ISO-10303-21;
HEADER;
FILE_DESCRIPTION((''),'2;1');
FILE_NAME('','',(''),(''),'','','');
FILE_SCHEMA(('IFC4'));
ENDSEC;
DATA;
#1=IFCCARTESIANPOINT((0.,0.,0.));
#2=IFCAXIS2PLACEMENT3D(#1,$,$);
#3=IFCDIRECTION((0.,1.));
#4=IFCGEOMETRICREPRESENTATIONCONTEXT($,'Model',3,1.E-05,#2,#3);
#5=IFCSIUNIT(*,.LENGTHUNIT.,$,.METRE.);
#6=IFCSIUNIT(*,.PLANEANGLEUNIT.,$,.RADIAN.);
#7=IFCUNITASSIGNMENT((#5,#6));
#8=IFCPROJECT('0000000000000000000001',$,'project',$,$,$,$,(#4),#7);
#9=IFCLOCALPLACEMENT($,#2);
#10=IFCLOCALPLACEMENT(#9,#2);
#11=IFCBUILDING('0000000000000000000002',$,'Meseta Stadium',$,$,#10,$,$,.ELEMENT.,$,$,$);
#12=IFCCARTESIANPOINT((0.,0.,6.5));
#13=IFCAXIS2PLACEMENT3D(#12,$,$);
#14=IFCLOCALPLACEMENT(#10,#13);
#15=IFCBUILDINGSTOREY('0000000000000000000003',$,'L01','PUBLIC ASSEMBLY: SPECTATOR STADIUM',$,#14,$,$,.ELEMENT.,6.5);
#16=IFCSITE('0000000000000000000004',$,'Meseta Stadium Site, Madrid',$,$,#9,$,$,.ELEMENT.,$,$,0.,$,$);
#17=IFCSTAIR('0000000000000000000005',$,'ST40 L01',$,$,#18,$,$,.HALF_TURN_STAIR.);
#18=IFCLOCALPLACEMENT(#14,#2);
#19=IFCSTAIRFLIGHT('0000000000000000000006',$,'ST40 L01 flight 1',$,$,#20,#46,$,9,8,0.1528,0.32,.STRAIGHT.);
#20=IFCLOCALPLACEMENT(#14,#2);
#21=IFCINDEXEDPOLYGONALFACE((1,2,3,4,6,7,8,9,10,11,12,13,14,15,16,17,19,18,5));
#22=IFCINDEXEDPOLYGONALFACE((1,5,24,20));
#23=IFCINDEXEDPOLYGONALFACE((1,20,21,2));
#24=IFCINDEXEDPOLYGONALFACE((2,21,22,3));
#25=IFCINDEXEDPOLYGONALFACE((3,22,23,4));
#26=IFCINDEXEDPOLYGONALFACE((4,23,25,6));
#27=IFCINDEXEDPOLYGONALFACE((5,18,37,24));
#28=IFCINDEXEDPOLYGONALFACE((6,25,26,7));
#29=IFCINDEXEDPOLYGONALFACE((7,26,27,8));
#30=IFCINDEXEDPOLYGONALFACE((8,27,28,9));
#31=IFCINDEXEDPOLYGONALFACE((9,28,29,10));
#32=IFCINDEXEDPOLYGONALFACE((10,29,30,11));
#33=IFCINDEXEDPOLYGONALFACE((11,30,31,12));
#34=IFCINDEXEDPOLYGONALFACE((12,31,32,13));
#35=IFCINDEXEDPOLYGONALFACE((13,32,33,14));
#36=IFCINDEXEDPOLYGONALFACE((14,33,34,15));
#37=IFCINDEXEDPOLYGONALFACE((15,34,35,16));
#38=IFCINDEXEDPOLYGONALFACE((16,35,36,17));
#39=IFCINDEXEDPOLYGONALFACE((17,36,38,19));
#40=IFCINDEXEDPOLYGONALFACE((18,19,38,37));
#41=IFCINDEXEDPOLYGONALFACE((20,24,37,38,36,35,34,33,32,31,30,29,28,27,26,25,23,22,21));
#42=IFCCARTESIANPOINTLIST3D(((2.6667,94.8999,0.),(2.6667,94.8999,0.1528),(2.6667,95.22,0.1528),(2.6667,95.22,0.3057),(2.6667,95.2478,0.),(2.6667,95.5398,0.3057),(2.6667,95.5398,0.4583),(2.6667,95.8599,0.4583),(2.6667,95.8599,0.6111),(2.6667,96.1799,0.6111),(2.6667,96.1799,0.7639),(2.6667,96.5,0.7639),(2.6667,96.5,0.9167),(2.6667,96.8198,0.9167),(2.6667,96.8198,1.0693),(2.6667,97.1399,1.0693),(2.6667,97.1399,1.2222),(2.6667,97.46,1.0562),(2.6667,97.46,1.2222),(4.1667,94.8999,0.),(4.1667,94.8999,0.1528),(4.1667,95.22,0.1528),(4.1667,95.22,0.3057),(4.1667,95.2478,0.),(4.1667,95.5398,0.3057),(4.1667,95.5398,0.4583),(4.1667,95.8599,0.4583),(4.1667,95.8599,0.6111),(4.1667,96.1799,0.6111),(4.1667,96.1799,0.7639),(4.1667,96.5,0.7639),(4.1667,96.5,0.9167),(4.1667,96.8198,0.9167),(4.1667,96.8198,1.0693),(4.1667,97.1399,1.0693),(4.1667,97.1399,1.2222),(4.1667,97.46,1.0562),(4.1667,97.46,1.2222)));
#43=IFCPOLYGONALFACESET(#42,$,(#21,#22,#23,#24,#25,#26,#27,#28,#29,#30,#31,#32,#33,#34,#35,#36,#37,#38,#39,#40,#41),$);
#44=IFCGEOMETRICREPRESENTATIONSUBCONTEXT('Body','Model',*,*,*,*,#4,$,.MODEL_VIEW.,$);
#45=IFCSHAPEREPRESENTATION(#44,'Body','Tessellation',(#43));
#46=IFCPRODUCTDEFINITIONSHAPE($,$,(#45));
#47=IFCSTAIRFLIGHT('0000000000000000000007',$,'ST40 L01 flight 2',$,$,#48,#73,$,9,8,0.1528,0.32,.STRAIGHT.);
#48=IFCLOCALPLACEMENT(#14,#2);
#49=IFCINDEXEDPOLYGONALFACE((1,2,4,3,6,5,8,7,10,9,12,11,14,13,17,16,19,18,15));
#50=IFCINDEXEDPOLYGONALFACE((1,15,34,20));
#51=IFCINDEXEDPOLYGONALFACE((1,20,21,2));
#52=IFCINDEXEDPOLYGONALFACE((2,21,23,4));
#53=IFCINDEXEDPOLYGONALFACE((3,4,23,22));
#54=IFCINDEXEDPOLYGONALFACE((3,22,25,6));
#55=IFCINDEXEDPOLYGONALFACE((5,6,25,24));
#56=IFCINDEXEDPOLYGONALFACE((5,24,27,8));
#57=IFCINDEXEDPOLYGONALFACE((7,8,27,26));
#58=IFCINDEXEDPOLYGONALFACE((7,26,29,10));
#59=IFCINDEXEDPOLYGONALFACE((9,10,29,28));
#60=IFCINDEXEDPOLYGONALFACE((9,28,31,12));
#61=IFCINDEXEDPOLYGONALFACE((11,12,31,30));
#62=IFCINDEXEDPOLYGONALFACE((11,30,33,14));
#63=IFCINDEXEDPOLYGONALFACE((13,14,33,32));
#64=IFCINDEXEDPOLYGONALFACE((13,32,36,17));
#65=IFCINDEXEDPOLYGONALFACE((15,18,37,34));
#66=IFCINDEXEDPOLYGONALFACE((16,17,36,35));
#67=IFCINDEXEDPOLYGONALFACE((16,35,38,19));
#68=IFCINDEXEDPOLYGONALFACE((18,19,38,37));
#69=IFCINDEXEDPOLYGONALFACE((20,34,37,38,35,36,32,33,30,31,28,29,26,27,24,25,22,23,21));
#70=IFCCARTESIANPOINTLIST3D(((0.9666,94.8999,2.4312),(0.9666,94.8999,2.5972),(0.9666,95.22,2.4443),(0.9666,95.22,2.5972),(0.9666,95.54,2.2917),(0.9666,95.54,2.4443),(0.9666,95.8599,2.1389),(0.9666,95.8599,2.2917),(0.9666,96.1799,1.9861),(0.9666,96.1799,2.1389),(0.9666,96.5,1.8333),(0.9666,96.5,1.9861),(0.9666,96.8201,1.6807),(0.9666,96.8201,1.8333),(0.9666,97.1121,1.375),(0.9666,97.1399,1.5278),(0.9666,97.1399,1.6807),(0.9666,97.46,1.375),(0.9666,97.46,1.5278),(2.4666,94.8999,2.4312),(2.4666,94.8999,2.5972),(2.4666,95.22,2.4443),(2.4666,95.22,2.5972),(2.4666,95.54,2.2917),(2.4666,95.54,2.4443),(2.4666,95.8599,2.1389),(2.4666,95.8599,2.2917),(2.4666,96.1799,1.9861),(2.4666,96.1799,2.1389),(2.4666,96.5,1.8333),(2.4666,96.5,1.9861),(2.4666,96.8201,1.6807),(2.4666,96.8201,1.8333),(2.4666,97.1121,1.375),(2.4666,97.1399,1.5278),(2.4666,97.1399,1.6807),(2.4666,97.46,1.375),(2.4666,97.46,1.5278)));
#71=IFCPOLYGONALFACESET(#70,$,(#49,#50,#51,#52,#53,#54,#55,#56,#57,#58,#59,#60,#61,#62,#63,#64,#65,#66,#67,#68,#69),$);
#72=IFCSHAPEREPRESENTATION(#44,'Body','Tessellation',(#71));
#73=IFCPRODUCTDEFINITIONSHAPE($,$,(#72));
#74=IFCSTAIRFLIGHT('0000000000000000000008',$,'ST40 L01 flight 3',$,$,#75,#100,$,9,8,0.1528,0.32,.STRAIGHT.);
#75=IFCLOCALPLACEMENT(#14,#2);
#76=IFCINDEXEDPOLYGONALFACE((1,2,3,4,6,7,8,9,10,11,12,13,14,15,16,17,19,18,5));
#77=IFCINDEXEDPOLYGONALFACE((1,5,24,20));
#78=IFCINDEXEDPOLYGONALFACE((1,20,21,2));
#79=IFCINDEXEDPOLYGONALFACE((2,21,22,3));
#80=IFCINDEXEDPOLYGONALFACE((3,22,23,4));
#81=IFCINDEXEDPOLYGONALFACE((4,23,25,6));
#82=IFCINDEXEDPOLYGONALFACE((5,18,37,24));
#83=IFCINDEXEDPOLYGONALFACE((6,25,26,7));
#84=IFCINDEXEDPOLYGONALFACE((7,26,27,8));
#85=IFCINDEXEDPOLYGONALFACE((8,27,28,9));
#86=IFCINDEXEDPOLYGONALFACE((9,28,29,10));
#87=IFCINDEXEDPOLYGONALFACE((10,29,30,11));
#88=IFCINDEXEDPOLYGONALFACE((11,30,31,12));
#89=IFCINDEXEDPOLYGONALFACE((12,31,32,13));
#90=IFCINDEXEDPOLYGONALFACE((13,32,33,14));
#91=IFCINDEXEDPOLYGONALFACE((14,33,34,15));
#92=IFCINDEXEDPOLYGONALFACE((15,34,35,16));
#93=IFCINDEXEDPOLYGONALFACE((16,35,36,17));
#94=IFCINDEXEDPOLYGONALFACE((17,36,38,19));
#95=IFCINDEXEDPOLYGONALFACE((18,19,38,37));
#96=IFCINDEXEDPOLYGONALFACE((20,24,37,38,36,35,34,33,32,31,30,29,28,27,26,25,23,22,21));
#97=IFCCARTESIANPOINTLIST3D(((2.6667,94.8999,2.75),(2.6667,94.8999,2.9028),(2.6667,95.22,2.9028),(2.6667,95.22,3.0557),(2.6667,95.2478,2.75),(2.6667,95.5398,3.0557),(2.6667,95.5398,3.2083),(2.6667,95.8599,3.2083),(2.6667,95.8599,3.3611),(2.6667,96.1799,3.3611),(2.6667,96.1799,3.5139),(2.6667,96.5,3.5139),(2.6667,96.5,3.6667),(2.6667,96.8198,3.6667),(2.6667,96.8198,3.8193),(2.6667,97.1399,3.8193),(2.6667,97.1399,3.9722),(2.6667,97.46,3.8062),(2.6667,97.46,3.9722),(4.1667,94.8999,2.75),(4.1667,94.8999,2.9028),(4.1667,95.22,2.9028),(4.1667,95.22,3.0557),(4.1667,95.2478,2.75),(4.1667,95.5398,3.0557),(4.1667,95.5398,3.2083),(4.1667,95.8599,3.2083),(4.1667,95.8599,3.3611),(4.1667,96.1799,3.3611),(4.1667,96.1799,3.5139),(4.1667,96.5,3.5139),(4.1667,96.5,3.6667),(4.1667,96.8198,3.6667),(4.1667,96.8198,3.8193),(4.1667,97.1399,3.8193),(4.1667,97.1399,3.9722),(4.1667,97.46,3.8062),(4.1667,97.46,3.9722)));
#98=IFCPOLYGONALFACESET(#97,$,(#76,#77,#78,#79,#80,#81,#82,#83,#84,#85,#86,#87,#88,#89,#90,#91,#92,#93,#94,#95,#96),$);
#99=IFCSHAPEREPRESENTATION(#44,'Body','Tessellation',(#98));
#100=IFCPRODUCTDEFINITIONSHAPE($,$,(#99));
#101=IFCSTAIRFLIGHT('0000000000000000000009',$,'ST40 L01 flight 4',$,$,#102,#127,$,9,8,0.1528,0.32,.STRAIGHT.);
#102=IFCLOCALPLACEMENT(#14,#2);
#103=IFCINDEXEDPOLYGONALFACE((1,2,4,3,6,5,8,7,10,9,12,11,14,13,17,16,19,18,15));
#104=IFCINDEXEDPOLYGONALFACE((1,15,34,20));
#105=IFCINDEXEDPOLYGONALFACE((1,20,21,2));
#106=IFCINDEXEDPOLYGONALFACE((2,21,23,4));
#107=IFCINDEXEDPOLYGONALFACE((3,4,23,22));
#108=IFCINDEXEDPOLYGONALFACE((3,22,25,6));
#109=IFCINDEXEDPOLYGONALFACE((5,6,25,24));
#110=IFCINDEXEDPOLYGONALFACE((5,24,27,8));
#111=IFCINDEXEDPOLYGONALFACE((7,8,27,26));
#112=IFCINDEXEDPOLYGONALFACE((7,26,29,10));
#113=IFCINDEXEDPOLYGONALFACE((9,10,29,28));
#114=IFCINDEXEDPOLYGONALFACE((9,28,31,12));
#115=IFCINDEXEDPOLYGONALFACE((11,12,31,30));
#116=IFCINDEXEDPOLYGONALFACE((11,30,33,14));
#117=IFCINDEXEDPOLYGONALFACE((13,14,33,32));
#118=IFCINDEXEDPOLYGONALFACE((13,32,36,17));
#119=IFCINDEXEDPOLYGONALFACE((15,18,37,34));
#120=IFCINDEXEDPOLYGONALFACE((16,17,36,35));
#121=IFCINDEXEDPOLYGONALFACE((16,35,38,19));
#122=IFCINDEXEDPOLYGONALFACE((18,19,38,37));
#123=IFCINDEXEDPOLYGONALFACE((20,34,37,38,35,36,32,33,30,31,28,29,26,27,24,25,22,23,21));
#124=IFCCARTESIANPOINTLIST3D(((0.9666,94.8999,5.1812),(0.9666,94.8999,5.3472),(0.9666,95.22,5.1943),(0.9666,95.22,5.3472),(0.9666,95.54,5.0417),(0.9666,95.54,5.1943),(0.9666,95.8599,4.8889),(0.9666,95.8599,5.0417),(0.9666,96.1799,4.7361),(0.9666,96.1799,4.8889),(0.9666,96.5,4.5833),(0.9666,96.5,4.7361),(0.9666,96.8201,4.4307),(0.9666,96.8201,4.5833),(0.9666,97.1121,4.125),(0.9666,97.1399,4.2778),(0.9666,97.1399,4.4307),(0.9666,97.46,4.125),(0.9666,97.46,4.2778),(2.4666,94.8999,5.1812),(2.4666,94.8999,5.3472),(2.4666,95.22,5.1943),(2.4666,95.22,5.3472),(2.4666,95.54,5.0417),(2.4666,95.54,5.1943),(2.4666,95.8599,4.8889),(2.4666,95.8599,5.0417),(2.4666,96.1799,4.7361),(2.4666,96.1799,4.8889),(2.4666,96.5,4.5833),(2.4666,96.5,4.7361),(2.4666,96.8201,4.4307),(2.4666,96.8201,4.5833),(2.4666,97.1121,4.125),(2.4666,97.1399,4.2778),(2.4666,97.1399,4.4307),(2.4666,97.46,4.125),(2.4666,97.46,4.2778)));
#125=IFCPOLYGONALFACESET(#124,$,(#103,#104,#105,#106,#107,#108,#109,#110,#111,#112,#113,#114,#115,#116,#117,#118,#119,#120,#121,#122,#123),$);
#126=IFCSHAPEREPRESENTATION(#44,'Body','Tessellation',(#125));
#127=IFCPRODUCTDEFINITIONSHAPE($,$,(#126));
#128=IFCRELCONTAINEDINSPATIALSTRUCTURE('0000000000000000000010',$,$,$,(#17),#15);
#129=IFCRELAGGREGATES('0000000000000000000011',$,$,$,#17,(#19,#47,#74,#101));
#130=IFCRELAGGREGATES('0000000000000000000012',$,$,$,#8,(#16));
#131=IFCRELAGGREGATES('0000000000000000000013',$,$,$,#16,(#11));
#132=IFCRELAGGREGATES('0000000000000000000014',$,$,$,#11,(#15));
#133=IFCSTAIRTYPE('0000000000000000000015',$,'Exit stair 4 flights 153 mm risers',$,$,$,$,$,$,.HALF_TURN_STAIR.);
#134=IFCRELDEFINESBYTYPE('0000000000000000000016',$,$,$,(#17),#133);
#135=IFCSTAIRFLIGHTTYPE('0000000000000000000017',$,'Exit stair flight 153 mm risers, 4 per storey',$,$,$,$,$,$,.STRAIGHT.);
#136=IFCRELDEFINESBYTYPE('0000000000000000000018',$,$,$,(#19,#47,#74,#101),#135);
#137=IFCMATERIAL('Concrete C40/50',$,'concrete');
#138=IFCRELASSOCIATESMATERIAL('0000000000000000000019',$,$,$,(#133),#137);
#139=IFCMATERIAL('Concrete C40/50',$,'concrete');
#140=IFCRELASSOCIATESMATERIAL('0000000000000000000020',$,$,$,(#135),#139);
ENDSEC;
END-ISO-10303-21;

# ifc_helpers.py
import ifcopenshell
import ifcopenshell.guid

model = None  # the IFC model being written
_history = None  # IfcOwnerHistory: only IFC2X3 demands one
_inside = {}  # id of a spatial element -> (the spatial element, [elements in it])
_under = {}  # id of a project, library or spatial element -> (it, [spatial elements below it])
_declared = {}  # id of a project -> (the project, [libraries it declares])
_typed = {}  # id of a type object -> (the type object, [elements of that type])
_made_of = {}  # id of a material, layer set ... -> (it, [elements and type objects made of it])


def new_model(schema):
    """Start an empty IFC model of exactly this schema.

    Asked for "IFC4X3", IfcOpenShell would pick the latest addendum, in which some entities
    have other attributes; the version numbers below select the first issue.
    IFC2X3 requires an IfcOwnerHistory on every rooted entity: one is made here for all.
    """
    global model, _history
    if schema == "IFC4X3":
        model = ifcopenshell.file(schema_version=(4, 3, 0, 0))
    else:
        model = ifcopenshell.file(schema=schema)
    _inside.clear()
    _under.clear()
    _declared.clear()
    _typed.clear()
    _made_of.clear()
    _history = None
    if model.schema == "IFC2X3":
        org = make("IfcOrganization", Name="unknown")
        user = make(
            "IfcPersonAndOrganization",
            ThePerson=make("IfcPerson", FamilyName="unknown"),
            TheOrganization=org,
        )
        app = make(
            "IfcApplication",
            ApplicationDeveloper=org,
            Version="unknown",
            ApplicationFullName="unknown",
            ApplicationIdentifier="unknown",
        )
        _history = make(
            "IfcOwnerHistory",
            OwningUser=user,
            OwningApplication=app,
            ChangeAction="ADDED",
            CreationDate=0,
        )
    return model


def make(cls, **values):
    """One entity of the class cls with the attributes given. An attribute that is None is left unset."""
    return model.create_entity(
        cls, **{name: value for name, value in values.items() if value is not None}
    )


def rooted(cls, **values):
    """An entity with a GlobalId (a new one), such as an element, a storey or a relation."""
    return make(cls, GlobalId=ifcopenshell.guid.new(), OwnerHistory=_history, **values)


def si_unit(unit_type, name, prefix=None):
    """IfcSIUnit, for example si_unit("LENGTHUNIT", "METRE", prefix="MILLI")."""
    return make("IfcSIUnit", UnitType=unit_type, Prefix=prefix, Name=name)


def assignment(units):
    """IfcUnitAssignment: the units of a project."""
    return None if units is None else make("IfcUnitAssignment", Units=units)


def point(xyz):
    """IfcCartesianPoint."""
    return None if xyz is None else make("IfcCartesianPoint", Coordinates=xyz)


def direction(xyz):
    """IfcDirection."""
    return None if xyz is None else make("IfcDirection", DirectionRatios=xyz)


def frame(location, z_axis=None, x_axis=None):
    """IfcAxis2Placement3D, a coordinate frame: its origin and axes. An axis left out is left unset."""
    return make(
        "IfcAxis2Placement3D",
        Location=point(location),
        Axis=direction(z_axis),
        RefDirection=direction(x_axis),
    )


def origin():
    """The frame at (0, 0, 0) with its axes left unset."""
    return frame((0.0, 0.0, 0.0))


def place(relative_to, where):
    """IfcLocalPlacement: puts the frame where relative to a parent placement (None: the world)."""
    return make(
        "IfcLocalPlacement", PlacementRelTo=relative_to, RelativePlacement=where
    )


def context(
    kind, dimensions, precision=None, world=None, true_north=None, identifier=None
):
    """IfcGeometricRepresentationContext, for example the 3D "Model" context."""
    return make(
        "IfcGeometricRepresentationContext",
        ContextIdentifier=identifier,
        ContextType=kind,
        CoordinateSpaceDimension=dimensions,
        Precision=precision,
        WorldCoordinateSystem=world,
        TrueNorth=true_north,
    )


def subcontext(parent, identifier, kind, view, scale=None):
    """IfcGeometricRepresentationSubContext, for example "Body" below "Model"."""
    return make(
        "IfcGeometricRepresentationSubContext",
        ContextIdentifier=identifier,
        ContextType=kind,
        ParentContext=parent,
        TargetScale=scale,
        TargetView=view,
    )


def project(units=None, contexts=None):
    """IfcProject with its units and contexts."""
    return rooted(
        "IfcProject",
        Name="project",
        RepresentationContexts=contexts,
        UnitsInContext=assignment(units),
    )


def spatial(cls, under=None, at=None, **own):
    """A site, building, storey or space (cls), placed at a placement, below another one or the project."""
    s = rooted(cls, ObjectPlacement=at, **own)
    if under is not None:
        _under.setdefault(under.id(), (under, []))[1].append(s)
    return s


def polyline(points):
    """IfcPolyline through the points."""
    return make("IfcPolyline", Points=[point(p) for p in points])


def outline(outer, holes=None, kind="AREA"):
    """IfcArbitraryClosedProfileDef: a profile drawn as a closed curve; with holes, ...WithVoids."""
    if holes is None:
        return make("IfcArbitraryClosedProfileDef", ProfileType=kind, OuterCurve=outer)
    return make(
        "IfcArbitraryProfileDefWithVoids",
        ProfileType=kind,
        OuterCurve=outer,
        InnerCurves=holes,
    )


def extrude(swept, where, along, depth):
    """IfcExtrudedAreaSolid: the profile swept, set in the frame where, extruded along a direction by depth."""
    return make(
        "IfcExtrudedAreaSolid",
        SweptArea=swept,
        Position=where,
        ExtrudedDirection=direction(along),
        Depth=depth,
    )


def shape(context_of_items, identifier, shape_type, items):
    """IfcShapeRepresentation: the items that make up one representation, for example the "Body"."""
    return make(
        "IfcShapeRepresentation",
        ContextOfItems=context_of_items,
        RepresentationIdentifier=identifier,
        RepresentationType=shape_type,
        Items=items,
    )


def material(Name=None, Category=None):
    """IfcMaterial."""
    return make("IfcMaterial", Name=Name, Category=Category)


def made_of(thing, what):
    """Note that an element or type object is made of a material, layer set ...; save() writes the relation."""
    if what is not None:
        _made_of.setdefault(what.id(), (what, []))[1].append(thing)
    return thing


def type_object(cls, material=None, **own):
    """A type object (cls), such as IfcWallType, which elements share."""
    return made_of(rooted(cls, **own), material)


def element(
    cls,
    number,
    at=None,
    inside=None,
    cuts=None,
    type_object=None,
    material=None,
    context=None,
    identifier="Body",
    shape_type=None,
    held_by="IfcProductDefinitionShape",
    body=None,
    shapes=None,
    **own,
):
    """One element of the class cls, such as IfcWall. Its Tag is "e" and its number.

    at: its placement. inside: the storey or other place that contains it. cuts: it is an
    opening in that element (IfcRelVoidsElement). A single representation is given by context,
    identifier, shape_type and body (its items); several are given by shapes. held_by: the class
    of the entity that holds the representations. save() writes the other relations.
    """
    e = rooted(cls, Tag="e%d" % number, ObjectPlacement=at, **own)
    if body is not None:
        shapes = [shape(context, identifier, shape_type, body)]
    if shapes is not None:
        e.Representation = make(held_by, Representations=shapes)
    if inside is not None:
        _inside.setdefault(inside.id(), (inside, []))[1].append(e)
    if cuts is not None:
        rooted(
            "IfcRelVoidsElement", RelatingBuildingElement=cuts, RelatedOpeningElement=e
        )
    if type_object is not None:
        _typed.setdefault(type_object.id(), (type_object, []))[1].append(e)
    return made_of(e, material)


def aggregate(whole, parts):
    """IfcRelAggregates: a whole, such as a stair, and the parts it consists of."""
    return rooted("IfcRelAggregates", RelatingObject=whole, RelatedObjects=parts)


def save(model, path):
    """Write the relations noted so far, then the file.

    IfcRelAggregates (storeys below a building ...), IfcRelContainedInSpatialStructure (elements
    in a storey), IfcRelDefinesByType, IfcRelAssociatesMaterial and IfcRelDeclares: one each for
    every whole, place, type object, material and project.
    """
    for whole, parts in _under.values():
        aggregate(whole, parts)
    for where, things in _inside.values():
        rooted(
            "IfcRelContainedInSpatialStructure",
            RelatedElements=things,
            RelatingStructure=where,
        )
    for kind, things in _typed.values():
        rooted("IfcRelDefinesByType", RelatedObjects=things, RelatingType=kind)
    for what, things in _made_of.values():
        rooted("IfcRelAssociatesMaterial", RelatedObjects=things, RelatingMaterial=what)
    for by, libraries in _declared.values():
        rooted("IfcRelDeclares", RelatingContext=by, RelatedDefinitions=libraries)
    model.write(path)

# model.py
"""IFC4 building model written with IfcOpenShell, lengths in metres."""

from ifc_helpers import new_model, si_unit, direction, frame, origin, place, context, subcontext, project, spatial, polyline, outline, extrude, material, type_object, element, aggregate, save


model = new_model("IFC4")

# Units and contexts
model_context = context("Model", 3, precision=1e-05, world=origin(), true_north=direction((0.0, 1.0)))
body_context = subcontext(model_context, "Body", "Model", "MODEL_VIEW")
ifc_project = project(units=[si_unit("LENGTHUNIT", "METRE"), si_unit("PLANEANGLEUNIT", "RADIAN")], contexts=[model_context])

# Site, building, storey
site_placement = place(None, origin())
site = spatial("IfcSite", under=ifc_project, at=site_placement, Name="Meseta Stadium Site, Madrid", CompositionType="ELEMENT", RefElevation=0.0)
building_placement = place(site_placement, origin())
building = spatial("IfcBuilding", under=site, at=building_placement, Name="Meseta Stadium", CompositionType="ELEMENT")
storey_placement = place(building_placement, frame((0.0, 0.0, 6.5)))
storey = spatial("IfcBuildingStorey", under=building, at=storey_placement, Name="L01", Description="PUBLIC ASSEMBLY: SPECTATOR STADIUM", CompositionType="ELEMENT", Elevation=6.5)

# Stair, stair flights
ifc_material_1 = material(Name="Concrete C40/50", Category="concrete")
stair_type = type_object("IfcStairType", Name="Exit stair 4 flights 153 mm risers", PredefinedType="HALF_TURN_STAIR", material=ifc_material_1)
ifc_material_2 = material(Name="Concrete C40/50", Category="concrete")
stair_flight_type = type_object("IfcStairFlightType", Name="Exit stair flight 153 mm risers, 4 per storey", PredefinedType="STRAIGHT", material=ifc_material_2)
stair_1_placement = place(storey_placement, origin())
stair_1 = element("IfcStair", 1, at=stair_1_placement, inside=storey, type_object=stair_type, Name="ST40 L01", PredefinedType="HALF_TURN_STAIR")
stair_flight_1_placement = place(storey_placement, frame((3.4167, 94.8999, 0.0), z_axis=(0.0, 0.0, 1.0), x_axis=(0.0, 1.0, 0.0)))
stair_flight_1 = element("IfcStairFlight", 2, at=stair_flight_1_placement, type_object=stair_flight_type, Name="ST40 L01 flight 1", NumberOfRisers=9, NumberOfTreads=8, PredefinedType="STRAIGHT", RiserHeight=0.1528, TreadLength=0.32, context=body_context, shape_type="SweptSolid", body=[
    extrude(outline(polyline([(0.0, 0.0), (0.0, 0.1528), (0.3201, 0.1528), (0.3201, 0.3057), (0.6399, 0.3057), (0.6399, 0.4583), (0.96, 0.4583), (0.96, 0.6111), (1.28, 0.6111), (1.28, 0.7639), (1.6001, 0.7639), (1.6001, 0.9167), (1.9199, 0.9167), (1.9199, 1.0693), (2.24, 1.0693), (2.24, 1.2222), (2.5601, 1.2222), (2.5601, 1.0562), (0.3479, 0.0), (0.0, 0.0)])), frame((0.0, 0.75, 0.0), z_axis=(0.0, -1.0, 0.0), x_axis=(1.0, 0.0, 0.0)), (0.0, 0.0, 1.0), 1.5),
])
stair_flight_2_placement = place(storey_placement, frame((1.7166, 97.46, 1.375), z_axis=(0.0, 0.0, 1.0), x_axis=(0.0, -1.0, 0.0)))
stair_flight_2 = element("IfcStairFlight", 3, at=stair_flight_2_placement, type_object=stair_flight_type, Name="ST40 L01 flight 2", NumberOfRisers=9, NumberOfTreads=8, PredefinedType="STRAIGHT", RiserHeight=0.1528, TreadLength=0.32, context=body_context, shape_type="SweptSolid", body=[
    extrude(outline(polyline([(0.0, 0.0), (0.0, 0.1528), (0.3201, 0.1528), (0.3201, 0.3057), (0.6399, 0.3057), (0.6399, 0.4583), (0.96, 0.4583), (0.96, 0.6111), (1.28, 0.6111), (1.28, 0.7639), (1.6001, 0.7639), (1.6001, 0.9167), (1.9199, 0.9167), (1.9199, 1.0693), (2.24, 1.0693), (2.24, 1.2222), (2.5601, 1.2222), (2.5601, 1.0562), (0.3479, 0.0), (0.0, 0.0)])), frame((0.0, 0.75, 0.0), z_axis=(0.0, -1.0, 0.0), x_axis=(1.0, 0.0, 0.0)), (0.0, 0.0, 1.0), 1.5),
])
stair_flight_3_placement = place(storey_placement, frame((3.4167, 94.8999, 2.75), z_axis=(0.0, 0.0, 1.0), x_axis=(0.0, 1.0, 0.0)))
stair_flight_3 = element("IfcStairFlight", 4, at=stair_flight_3_placement, type_object=stair_flight_type, Name="ST40 L01 flight 3", NumberOfRisers=9, NumberOfTreads=8, PredefinedType="STRAIGHT", RiserHeight=0.1528, TreadLength=0.32, context=body_context, shape_type="SweptSolid", body=[
    extrude(outline(polyline([(0.0, 0.0), (0.0, 0.1528), (0.3201, 0.1528), (0.3201, 0.3057), (0.6399, 0.3057), (0.6399, 0.4583), (0.96, 0.4583), (0.96, 0.6111), (1.28, 0.6111), (1.28, 0.7639), (1.6001, 0.7639), (1.6001, 0.9167), (1.9199, 0.9167), (1.9199, 1.0693), (2.24, 1.0693), (2.24, 1.2222), (2.5601, 1.2222), (2.5601, 1.0562), (0.3479, 0.0), (0.0, 0.0)])), frame((0.0, 0.75, 0.0), z_axis=(0.0, -1.0, 0.0), x_axis=(1.0, 0.0, 0.0)), (0.0, 0.0, 1.0), 1.5),
])
stair_flight_4_placement = place(storey_placement, frame((1.7166, 97.46, 4.125), z_axis=(0.0, 0.0, 1.0), x_axis=(0.0, -1.0, 0.0)))
stair_flight_4 = element("IfcStairFlight", 5, at=stair_flight_4_placement, type_object=stair_flight_type, Name="ST40 L01 flight 4", NumberOfRisers=9, NumberOfTreads=8, PredefinedType="STRAIGHT", RiserHeight=0.1528, TreadLength=0.32, context=body_context, shape_type="SweptSolid", body=[
    extrude(outline(polyline([(0.0, 0.0), (0.0, 0.1528), (0.3201, 0.1528), (0.3201, 0.3057), (0.6399, 0.3057), (0.6399, 0.4583), (0.96, 0.4583), (0.96, 0.6111), (1.28, 0.6111), (1.28, 0.7639), (1.6001, 0.7639), (1.6001, 0.9167), (1.9199, 0.9167), (1.9199, 1.0693), (2.24, 1.0693), (2.24, 1.2222), (2.5601, 1.2222), (2.5601, 1.0562), (0.3479, 0.0), (0.0, 0.0)])), frame((0.0, 0.75, 0.0), z_axis=(0.0, -1.0, 0.0), x_axis=(1.0, 0.0, 0.0)), (0.0, 0.0, 1.0), 1.5),
])
aggregate(stair_1, [stair_flight_1, stair_flight_2, stair_flight_3, stair_flight_4])

save(model, "model.ifc")
